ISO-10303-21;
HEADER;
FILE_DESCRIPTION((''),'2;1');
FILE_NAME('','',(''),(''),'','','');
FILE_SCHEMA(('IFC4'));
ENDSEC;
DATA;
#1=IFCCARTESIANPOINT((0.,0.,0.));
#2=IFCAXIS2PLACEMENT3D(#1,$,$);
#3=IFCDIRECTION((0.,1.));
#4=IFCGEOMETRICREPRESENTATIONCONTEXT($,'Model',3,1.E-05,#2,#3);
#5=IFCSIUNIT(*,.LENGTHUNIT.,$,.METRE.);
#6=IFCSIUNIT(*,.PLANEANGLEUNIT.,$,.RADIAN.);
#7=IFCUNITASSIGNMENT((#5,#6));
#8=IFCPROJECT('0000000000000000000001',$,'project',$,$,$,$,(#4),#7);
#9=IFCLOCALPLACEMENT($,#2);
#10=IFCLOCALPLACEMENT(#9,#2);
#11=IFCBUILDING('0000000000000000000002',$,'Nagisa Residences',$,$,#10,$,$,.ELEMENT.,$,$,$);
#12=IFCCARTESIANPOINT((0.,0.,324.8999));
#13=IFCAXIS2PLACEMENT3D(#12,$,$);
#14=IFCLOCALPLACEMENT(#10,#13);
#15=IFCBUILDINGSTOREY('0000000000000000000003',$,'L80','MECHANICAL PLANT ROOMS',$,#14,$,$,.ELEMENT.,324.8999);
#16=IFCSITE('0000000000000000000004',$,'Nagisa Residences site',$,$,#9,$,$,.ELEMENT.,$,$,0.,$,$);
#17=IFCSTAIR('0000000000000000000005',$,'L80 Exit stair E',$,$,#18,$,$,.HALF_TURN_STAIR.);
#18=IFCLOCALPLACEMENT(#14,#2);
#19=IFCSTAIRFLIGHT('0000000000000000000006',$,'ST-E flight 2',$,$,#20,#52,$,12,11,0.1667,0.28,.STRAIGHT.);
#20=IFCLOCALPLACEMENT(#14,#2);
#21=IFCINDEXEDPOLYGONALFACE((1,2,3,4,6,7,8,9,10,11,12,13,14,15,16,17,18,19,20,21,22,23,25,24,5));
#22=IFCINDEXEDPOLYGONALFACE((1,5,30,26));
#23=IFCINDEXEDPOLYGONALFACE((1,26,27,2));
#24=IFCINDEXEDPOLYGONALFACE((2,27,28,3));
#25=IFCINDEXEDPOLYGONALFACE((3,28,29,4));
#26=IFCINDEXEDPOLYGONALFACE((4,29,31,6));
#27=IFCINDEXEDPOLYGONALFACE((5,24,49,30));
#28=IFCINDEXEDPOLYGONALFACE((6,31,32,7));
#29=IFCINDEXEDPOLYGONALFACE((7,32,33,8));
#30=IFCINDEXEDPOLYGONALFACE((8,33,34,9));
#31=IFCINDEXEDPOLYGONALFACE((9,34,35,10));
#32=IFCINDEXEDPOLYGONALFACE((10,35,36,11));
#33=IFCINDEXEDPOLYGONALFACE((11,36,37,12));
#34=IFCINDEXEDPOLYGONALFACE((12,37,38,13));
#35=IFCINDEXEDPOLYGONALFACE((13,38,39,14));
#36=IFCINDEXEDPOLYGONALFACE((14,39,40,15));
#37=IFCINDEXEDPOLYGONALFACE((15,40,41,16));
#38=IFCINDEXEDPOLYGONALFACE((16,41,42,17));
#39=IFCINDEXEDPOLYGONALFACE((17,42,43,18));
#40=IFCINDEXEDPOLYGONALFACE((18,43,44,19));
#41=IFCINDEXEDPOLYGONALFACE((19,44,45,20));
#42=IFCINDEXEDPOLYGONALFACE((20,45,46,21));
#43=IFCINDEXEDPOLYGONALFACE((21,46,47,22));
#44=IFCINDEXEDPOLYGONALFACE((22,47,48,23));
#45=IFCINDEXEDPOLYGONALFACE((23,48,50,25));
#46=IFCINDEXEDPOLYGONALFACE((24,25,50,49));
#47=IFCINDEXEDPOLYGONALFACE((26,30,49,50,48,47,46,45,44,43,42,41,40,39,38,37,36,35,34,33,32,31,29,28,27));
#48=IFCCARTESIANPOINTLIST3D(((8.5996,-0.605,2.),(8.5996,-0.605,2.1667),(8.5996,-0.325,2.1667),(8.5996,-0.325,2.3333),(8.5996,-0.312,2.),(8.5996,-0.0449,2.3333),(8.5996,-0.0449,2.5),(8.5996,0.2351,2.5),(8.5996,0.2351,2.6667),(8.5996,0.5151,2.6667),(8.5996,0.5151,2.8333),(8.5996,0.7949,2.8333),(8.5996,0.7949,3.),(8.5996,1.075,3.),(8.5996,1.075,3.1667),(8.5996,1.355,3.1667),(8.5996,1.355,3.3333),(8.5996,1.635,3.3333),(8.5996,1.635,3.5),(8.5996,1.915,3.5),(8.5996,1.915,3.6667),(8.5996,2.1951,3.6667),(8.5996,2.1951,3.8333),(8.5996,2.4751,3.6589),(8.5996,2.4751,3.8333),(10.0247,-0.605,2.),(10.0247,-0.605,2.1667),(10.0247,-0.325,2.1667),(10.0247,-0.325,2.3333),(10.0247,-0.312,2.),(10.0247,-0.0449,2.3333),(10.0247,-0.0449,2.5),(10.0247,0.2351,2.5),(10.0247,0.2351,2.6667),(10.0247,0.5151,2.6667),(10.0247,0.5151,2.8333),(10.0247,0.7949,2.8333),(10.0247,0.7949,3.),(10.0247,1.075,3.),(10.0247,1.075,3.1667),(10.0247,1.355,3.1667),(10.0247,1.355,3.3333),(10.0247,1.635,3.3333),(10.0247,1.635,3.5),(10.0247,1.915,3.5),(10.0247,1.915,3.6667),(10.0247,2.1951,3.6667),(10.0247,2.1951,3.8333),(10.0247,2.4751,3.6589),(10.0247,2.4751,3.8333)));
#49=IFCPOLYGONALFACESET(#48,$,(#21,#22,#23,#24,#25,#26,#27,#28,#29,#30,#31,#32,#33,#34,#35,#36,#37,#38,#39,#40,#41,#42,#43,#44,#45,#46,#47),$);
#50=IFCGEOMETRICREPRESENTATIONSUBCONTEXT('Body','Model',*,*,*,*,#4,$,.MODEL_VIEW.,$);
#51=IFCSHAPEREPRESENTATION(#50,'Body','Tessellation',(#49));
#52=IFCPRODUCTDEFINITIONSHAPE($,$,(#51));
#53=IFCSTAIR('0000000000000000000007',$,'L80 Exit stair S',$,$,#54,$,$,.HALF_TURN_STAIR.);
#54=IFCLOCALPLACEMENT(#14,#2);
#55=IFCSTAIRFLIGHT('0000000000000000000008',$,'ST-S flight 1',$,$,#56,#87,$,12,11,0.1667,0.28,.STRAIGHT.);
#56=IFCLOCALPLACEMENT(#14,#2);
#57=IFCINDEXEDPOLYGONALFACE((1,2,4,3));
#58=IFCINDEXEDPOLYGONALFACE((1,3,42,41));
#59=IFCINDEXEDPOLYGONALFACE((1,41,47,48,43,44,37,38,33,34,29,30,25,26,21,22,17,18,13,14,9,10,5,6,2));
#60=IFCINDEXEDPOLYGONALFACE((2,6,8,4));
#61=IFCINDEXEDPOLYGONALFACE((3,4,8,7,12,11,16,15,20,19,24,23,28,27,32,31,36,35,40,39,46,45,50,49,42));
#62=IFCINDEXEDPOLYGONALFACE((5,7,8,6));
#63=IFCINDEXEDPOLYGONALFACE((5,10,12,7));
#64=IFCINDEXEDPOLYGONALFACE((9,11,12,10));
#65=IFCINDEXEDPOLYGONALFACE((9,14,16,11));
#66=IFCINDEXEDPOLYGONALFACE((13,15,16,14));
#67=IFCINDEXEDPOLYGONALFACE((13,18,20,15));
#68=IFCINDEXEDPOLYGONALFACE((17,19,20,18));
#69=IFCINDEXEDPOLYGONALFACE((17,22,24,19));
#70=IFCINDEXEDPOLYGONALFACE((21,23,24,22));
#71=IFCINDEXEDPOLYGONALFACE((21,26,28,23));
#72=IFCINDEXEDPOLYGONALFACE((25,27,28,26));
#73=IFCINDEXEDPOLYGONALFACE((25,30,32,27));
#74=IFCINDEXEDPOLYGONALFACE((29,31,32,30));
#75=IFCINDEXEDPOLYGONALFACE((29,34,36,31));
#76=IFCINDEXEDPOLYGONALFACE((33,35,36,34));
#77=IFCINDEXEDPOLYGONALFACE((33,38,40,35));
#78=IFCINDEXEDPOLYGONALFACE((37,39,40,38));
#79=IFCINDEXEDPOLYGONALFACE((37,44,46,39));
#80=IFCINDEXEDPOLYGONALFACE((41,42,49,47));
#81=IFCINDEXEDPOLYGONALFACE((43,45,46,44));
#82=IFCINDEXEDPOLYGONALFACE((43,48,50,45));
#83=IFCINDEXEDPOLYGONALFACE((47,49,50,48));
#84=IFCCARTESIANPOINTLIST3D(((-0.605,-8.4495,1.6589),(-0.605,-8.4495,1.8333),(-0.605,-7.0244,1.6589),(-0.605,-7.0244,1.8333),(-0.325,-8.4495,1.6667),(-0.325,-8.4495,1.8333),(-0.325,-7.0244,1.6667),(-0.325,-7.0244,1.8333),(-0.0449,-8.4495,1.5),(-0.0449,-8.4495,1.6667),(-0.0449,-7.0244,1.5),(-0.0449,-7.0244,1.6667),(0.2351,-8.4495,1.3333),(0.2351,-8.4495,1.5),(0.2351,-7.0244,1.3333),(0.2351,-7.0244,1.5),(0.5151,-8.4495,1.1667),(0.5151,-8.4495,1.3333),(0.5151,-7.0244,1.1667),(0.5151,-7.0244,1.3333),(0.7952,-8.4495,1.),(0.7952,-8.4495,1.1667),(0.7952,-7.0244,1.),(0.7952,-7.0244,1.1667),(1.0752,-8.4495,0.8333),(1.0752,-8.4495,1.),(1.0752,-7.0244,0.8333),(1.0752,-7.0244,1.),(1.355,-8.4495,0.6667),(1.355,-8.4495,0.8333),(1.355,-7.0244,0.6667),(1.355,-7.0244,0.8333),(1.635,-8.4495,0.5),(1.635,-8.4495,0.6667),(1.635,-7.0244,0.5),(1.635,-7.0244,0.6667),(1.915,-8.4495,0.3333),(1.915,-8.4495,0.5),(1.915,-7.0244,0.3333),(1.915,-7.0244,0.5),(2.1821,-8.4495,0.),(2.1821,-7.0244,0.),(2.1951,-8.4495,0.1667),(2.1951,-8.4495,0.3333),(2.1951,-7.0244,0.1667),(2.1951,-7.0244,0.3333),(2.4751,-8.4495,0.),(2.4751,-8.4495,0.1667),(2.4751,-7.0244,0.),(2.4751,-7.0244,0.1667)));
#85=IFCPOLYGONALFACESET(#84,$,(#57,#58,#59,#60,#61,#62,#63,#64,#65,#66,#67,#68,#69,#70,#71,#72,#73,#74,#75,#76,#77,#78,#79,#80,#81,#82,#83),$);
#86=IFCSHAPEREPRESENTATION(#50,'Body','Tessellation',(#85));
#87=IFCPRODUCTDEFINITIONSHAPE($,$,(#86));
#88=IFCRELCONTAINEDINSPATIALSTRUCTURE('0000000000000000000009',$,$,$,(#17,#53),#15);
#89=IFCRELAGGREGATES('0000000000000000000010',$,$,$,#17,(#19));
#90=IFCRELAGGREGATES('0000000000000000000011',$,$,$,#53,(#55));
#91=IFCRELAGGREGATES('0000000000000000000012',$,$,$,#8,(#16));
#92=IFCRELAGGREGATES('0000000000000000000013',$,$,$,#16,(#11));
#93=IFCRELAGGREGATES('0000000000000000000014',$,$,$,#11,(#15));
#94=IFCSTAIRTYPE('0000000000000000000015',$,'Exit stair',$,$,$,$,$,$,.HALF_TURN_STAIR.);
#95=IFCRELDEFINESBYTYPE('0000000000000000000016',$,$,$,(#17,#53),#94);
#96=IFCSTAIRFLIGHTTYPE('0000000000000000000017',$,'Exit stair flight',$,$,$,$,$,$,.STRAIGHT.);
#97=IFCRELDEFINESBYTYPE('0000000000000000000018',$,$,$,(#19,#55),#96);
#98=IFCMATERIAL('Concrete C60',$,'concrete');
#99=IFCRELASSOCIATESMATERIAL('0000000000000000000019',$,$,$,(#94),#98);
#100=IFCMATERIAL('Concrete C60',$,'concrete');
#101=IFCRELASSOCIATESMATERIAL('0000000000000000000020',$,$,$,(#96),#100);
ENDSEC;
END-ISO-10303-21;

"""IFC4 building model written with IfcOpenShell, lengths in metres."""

from ifc_helpers import new_model, si_unit, direction, frame, origin, place, context, subcontext, project, spatial, polyline, outline, extrude, material, type_object, element, aggregate, save


model = new_model("IFC4")

# Units and contexts
model_context = context("Model", 3, precision=1e-05, world=origin(), true_north=direction((0.0, 1.0)))
body_context = subcontext(model_context, "Body", "Model", "MODEL_VIEW")
ifc_project = project(units=[si_unit("LENGTHUNIT", "METRE"), si_unit("PLANEANGLEUNIT", "RADIAN")], contexts=[model_context])

# Site, building, storey
site_placement = place(None, origin())
site = spatial("IfcSite", under=ifc_project, at=site_placement, Name="Nagisa Residences site", CompositionType="ELEMENT", RefElevation=0.0)
building_placement = place(site_placement, origin())
building = spatial("IfcBuilding", under=site, at=building_placement, Name="Nagisa Residences", CompositionType="ELEMENT")
storey_placement = place(building_placement, frame((0.0, 0.0, 324.8999)))
storey = spatial("IfcBuildingStorey", under=building, at=storey_placement, Name="L80", Description="MECHANICAL PLANT ROOMS", CompositionType="ELEMENT", Elevation=324.8999)

# Stairs, stair flights
ifc_material_1 = material(Name="Concrete C60", Category="concrete")
stair_type = type_object("IfcStairType", Name="Exit stair", PredefinedType="HALF_TURN_STAIR", material=ifc_material_1)
stair_1_placement = place(storey_placement, origin())
stair_1 = element("IfcStair", 1, at=stair_1_placement, inside=storey, type_object=stair_type, Name="L80 Exit stair E", PredefinedType="HALF_TURN_STAIR")
ifc_material_2 = material(Name="Concrete C60", Category="concrete")
stair_flight_type = type_object("IfcStairFlightType", Name="Exit stair flight", PredefinedType="STRAIGHT", material=ifc_material_2)
stair_flight_1_placement = place(storey_placement, frame((9.312, -0.605, 2.0), z_axis=(0.0, 0.0, 1.0), x_axis=(0.0, 1.0, 0.0)))
stair_flight_1 = element("IfcStairFlight", 2, at=stair_flight_1_placement, type_object=stair_flight_type, Name="ST-E flight 2", NumberOfRisers=12, NumberOfTreads=11, PredefinedType="STRAIGHT", RiserHeight=0.1667, TreadLength=0.28, context=body_context, shape_type="SweptSolid", body=[
    extrude(outline(polyline([(0.0, 0.0), (0.0, 0.1667), (0.28, 0.1667), (0.28, 0.3333), (0.5601, 0.3333), (0.5601, 0.5), (0.8401, 0.5), (0.8401, 0.6667), (1.1201, 0.6667), (1.1201, 0.8333), (1.3999, 0.8333), (1.3999, 1.0), (1.6799, 1.0), (1.6799, 1.1667), (1.96, 1.1667), (1.96, 1.3333), (2.24, 1.3333), (2.24, 1.5), (2.52, 1.5), (2.52, 1.6667), (2.8, 1.6667), (2.8, 1.8333), (3.0801, 1.8333), (3.0801, 2.0), (3.0801, 1.6589), (0.293, 0.0), (0.0, 0.0)])), frame((0.0, 0.7124, 0.0), z_axis=(0.0, -1.0, 0.0), x_axis=(1.0, 0.0, 0.0)), (0.0, 0.0, 1.0), 1.425),
])
aggregate(stair_1, [stair_flight_1])
stair_2_placement = place(storey_placement, origin())
stair_2 = element("IfcStair", 3, at=stair_2_placement, inside=storey, type_object=stair_type, Name="L80 Exit stair S", PredefinedType="HALF_TURN_STAIR")
stair_flight_2_placement = place(storey_placement, frame((2.4751, -7.7371, 0.0), z_axis=(0.0, 0.0, 1.0), x_axis=(-1.0, 0.0, 0.0)))
stair_flight_2 = element("IfcStairFlight", 4, at=stair_flight_2_placement, type_object=stair_flight_type, Name="ST-S flight 1", NumberOfRisers=12, NumberOfTreads=11, PredefinedType="STRAIGHT", RiserHeight=0.1667, TreadLength=0.28, context=body_context, shape_type="SweptSolid", body=[
    extrude(outline(polyline([(0.0, 0.0), (0.0, 0.1667), (0.28, 0.1667), (0.28, 0.3333), (0.5601, 0.3333), (0.5601, 0.5), (0.8401, 0.5), (0.8401, 0.6667), (1.1201, 0.6667), (1.1201, 0.8333), (1.3999, 0.8333), (1.3999, 1.0), (1.6799, 1.0), (1.6799, 1.1667), (1.96, 1.1667), (1.96, 1.3333), (2.24, 1.3333), (2.24, 1.5), (2.52, 1.5), (2.52, 1.6667), (2.8, 1.6667), (2.8, 1.8333), (3.0801, 1.8333), (3.0801, 2.0), (3.0801, 1.6589), (0.293, 0.0), (0.0, 0.0)])), frame((0.0, 0.7124, 0.0), z_axis=(0.0, -1.0, 0.0), x_axis=(1.0, 0.0, 0.0)), (0.0, 0.0, 1.0), 1.425),
])
aggregate(stair_2, [stair_flight_2])

save(model, "model.ifc")
